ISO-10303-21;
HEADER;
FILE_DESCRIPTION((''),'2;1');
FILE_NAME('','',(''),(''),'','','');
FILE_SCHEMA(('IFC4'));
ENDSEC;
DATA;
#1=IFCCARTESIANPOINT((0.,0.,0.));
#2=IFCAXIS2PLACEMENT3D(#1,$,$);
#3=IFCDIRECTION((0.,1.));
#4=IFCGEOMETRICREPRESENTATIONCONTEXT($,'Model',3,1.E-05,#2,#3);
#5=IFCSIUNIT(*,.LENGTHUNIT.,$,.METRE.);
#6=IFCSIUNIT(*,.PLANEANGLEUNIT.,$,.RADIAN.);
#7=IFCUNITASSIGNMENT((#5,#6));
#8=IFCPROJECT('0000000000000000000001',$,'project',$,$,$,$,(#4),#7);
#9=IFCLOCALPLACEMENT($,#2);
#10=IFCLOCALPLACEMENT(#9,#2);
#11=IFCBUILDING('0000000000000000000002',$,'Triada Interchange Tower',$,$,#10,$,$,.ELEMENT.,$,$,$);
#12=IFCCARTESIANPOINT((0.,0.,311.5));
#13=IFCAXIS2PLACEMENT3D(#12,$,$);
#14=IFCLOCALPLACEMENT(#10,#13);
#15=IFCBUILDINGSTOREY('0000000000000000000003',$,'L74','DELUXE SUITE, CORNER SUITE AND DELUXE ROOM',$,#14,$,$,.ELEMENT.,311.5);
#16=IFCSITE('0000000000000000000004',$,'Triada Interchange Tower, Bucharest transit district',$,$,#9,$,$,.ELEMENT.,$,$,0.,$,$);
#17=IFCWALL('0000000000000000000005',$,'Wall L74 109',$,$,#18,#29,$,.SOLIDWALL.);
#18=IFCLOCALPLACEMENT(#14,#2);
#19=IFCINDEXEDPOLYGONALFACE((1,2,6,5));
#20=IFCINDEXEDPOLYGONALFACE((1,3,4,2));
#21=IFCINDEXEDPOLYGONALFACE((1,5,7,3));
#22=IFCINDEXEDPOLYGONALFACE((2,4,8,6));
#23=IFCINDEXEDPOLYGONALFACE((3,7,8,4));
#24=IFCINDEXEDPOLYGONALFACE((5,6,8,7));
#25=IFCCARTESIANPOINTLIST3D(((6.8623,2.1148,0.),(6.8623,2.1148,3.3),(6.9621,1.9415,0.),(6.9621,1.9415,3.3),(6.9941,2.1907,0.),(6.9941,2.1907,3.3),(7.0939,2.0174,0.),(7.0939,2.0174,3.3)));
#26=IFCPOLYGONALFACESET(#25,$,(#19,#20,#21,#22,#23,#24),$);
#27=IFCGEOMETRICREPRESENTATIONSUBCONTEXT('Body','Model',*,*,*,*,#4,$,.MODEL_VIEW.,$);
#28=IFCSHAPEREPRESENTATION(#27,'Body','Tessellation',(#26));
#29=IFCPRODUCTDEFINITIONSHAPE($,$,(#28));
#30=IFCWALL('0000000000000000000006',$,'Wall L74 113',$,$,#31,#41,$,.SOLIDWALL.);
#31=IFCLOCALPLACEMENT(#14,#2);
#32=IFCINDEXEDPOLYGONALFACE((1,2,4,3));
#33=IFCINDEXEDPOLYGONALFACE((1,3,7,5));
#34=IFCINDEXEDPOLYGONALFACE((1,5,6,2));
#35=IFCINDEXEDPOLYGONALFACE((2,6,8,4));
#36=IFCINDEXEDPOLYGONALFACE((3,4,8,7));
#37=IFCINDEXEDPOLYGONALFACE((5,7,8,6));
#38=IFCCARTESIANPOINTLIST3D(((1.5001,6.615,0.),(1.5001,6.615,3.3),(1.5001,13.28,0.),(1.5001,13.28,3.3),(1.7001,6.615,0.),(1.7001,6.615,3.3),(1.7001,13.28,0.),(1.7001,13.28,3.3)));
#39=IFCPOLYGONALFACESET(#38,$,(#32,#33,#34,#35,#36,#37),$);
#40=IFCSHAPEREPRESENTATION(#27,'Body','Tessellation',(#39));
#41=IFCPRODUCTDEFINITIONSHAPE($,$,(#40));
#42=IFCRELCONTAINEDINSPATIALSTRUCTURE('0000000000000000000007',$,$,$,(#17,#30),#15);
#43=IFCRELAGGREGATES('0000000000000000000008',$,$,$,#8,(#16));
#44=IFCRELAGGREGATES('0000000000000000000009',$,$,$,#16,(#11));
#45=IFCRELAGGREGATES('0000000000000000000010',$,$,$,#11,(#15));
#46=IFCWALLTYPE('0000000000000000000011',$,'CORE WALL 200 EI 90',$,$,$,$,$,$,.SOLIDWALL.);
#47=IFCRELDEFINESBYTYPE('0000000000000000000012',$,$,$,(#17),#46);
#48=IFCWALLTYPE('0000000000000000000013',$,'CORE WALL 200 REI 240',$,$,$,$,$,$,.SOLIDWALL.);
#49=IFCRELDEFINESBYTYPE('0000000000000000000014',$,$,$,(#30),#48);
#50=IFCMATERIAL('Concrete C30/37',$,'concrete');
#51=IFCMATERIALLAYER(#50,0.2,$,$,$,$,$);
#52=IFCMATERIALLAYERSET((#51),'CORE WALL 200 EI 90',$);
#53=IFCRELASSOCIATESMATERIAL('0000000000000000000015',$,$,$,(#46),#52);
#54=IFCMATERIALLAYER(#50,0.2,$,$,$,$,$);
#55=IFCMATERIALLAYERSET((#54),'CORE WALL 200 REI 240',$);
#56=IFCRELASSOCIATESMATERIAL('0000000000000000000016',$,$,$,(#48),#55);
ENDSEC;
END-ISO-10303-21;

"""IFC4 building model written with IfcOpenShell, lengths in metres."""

from ifc_helpers import new_model, si_unit, direction, frame, frame_2d, origin, place, context, subcontext, project, spatial, rectangle, extrude, material, layer, layer_set, type_object, element, save


model = new_model("IFC4")

# Units and contexts
model_context = context("Model", 3, precision=1e-05, world=origin(), true_north=direction((0.0, 1.0)))
body_context = subcontext(model_context, "Body", "Model", "MODEL_VIEW")
ifc_project = project(units=[si_unit("LENGTHUNIT", "METRE"), si_unit("PLANEANGLEUNIT", "RADIAN")], contexts=[model_context])

# Site, building, storey
site_placement = place(None, origin())
site = spatial("IfcSite", under=ifc_project, at=site_placement, Name="Triada Interchange Tower, Bucharest transit district", CompositionType="ELEMENT", RefElevation=0.0)
building_placement = place(site_placement, origin())
building = spatial("IfcBuilding", under=site, at=building_placement, Name="Triada Interchange Tower", CompositionType="ELEMENT")
storey_placement = place(building_placement, frame((0.0, 0.0, 311.5)))
storey = spatial("IfcBuildingStorey", under=building, at=storey_placement, Name="L74", Description="DELUXE SUITE, CORNER SUITE AND DELUXE ROOM", CompositionType="ELEMENT", Elevation=311.5)

# Shared definitions
ifc_material_1 = material(Name="Concrete C30/37", Category="concrete")

# Walls
ifc_layer_1 = layer(ifc_material_1, 0.2)
ifc_layer_set_1 = layer_set([ifc_layer_1], Name="CORE WALL 200 EI 90")
wall_type_1 = type_object("IfcWallType", Name="CORE WALL 200 EI 90", PredefinedType="SOLIDWALL", material=ifc_layer_set_1)
wall_1_placement = place(storey_placement, frame((6.9121, 2.0281, 0.0), z_axis=(0.0, 0.0, 1.0), x_axis=(0.866559, 0.499074, 0.0)))
element("IfcWall", 1, at=wall_1_placement, inside=storey, type_object=wall_type_1, Name="Wall L74 109", PredefinedType="SOLIDWALL", context=body_context, shape_type="SweptSolid", body=[
    extrude(rectangle(XDim=0.1521, YDim=0.2, at=frame_2d((0.0762, 0.0))), origin(), (0.0, 0.0, 1.0), 3.3),
])
ifc_layer_2 = layer(ifc_material_1, 0.2)
ifc_layer_set_2 = layer_set([ifc_layer_2], Name="CORE WALL 200 REI 240")
wall_type_2 = type_object("IfcWallType", Name="CORE WALL 200 REI 240", PredefinedType="SOLIDWALL", material=ifc_layer_set_2)
wall_2_placement = place(storey_placement, frame((1.6001, 6.615, 0.0), z_axis=(0.0, 0.0, 1.0), x_axis=(0.0, 1.0, 0.0)))
element("IfcWall", 2, at=wall_2_placement, inside=storey, type_object=wall_type_2, Name="Wall L74 113", PredefinedType="SOLIDWALL", context=body_context, shape_type="SweptSolid", body=[
    extrude(rectangle(XDim=6.665, YDim=0.2, at=frame_2d((3.3325, 0.0))), origin(), (0.0, 0.0, 1.0), 3.3),
])

save(model, "model.ifc")
